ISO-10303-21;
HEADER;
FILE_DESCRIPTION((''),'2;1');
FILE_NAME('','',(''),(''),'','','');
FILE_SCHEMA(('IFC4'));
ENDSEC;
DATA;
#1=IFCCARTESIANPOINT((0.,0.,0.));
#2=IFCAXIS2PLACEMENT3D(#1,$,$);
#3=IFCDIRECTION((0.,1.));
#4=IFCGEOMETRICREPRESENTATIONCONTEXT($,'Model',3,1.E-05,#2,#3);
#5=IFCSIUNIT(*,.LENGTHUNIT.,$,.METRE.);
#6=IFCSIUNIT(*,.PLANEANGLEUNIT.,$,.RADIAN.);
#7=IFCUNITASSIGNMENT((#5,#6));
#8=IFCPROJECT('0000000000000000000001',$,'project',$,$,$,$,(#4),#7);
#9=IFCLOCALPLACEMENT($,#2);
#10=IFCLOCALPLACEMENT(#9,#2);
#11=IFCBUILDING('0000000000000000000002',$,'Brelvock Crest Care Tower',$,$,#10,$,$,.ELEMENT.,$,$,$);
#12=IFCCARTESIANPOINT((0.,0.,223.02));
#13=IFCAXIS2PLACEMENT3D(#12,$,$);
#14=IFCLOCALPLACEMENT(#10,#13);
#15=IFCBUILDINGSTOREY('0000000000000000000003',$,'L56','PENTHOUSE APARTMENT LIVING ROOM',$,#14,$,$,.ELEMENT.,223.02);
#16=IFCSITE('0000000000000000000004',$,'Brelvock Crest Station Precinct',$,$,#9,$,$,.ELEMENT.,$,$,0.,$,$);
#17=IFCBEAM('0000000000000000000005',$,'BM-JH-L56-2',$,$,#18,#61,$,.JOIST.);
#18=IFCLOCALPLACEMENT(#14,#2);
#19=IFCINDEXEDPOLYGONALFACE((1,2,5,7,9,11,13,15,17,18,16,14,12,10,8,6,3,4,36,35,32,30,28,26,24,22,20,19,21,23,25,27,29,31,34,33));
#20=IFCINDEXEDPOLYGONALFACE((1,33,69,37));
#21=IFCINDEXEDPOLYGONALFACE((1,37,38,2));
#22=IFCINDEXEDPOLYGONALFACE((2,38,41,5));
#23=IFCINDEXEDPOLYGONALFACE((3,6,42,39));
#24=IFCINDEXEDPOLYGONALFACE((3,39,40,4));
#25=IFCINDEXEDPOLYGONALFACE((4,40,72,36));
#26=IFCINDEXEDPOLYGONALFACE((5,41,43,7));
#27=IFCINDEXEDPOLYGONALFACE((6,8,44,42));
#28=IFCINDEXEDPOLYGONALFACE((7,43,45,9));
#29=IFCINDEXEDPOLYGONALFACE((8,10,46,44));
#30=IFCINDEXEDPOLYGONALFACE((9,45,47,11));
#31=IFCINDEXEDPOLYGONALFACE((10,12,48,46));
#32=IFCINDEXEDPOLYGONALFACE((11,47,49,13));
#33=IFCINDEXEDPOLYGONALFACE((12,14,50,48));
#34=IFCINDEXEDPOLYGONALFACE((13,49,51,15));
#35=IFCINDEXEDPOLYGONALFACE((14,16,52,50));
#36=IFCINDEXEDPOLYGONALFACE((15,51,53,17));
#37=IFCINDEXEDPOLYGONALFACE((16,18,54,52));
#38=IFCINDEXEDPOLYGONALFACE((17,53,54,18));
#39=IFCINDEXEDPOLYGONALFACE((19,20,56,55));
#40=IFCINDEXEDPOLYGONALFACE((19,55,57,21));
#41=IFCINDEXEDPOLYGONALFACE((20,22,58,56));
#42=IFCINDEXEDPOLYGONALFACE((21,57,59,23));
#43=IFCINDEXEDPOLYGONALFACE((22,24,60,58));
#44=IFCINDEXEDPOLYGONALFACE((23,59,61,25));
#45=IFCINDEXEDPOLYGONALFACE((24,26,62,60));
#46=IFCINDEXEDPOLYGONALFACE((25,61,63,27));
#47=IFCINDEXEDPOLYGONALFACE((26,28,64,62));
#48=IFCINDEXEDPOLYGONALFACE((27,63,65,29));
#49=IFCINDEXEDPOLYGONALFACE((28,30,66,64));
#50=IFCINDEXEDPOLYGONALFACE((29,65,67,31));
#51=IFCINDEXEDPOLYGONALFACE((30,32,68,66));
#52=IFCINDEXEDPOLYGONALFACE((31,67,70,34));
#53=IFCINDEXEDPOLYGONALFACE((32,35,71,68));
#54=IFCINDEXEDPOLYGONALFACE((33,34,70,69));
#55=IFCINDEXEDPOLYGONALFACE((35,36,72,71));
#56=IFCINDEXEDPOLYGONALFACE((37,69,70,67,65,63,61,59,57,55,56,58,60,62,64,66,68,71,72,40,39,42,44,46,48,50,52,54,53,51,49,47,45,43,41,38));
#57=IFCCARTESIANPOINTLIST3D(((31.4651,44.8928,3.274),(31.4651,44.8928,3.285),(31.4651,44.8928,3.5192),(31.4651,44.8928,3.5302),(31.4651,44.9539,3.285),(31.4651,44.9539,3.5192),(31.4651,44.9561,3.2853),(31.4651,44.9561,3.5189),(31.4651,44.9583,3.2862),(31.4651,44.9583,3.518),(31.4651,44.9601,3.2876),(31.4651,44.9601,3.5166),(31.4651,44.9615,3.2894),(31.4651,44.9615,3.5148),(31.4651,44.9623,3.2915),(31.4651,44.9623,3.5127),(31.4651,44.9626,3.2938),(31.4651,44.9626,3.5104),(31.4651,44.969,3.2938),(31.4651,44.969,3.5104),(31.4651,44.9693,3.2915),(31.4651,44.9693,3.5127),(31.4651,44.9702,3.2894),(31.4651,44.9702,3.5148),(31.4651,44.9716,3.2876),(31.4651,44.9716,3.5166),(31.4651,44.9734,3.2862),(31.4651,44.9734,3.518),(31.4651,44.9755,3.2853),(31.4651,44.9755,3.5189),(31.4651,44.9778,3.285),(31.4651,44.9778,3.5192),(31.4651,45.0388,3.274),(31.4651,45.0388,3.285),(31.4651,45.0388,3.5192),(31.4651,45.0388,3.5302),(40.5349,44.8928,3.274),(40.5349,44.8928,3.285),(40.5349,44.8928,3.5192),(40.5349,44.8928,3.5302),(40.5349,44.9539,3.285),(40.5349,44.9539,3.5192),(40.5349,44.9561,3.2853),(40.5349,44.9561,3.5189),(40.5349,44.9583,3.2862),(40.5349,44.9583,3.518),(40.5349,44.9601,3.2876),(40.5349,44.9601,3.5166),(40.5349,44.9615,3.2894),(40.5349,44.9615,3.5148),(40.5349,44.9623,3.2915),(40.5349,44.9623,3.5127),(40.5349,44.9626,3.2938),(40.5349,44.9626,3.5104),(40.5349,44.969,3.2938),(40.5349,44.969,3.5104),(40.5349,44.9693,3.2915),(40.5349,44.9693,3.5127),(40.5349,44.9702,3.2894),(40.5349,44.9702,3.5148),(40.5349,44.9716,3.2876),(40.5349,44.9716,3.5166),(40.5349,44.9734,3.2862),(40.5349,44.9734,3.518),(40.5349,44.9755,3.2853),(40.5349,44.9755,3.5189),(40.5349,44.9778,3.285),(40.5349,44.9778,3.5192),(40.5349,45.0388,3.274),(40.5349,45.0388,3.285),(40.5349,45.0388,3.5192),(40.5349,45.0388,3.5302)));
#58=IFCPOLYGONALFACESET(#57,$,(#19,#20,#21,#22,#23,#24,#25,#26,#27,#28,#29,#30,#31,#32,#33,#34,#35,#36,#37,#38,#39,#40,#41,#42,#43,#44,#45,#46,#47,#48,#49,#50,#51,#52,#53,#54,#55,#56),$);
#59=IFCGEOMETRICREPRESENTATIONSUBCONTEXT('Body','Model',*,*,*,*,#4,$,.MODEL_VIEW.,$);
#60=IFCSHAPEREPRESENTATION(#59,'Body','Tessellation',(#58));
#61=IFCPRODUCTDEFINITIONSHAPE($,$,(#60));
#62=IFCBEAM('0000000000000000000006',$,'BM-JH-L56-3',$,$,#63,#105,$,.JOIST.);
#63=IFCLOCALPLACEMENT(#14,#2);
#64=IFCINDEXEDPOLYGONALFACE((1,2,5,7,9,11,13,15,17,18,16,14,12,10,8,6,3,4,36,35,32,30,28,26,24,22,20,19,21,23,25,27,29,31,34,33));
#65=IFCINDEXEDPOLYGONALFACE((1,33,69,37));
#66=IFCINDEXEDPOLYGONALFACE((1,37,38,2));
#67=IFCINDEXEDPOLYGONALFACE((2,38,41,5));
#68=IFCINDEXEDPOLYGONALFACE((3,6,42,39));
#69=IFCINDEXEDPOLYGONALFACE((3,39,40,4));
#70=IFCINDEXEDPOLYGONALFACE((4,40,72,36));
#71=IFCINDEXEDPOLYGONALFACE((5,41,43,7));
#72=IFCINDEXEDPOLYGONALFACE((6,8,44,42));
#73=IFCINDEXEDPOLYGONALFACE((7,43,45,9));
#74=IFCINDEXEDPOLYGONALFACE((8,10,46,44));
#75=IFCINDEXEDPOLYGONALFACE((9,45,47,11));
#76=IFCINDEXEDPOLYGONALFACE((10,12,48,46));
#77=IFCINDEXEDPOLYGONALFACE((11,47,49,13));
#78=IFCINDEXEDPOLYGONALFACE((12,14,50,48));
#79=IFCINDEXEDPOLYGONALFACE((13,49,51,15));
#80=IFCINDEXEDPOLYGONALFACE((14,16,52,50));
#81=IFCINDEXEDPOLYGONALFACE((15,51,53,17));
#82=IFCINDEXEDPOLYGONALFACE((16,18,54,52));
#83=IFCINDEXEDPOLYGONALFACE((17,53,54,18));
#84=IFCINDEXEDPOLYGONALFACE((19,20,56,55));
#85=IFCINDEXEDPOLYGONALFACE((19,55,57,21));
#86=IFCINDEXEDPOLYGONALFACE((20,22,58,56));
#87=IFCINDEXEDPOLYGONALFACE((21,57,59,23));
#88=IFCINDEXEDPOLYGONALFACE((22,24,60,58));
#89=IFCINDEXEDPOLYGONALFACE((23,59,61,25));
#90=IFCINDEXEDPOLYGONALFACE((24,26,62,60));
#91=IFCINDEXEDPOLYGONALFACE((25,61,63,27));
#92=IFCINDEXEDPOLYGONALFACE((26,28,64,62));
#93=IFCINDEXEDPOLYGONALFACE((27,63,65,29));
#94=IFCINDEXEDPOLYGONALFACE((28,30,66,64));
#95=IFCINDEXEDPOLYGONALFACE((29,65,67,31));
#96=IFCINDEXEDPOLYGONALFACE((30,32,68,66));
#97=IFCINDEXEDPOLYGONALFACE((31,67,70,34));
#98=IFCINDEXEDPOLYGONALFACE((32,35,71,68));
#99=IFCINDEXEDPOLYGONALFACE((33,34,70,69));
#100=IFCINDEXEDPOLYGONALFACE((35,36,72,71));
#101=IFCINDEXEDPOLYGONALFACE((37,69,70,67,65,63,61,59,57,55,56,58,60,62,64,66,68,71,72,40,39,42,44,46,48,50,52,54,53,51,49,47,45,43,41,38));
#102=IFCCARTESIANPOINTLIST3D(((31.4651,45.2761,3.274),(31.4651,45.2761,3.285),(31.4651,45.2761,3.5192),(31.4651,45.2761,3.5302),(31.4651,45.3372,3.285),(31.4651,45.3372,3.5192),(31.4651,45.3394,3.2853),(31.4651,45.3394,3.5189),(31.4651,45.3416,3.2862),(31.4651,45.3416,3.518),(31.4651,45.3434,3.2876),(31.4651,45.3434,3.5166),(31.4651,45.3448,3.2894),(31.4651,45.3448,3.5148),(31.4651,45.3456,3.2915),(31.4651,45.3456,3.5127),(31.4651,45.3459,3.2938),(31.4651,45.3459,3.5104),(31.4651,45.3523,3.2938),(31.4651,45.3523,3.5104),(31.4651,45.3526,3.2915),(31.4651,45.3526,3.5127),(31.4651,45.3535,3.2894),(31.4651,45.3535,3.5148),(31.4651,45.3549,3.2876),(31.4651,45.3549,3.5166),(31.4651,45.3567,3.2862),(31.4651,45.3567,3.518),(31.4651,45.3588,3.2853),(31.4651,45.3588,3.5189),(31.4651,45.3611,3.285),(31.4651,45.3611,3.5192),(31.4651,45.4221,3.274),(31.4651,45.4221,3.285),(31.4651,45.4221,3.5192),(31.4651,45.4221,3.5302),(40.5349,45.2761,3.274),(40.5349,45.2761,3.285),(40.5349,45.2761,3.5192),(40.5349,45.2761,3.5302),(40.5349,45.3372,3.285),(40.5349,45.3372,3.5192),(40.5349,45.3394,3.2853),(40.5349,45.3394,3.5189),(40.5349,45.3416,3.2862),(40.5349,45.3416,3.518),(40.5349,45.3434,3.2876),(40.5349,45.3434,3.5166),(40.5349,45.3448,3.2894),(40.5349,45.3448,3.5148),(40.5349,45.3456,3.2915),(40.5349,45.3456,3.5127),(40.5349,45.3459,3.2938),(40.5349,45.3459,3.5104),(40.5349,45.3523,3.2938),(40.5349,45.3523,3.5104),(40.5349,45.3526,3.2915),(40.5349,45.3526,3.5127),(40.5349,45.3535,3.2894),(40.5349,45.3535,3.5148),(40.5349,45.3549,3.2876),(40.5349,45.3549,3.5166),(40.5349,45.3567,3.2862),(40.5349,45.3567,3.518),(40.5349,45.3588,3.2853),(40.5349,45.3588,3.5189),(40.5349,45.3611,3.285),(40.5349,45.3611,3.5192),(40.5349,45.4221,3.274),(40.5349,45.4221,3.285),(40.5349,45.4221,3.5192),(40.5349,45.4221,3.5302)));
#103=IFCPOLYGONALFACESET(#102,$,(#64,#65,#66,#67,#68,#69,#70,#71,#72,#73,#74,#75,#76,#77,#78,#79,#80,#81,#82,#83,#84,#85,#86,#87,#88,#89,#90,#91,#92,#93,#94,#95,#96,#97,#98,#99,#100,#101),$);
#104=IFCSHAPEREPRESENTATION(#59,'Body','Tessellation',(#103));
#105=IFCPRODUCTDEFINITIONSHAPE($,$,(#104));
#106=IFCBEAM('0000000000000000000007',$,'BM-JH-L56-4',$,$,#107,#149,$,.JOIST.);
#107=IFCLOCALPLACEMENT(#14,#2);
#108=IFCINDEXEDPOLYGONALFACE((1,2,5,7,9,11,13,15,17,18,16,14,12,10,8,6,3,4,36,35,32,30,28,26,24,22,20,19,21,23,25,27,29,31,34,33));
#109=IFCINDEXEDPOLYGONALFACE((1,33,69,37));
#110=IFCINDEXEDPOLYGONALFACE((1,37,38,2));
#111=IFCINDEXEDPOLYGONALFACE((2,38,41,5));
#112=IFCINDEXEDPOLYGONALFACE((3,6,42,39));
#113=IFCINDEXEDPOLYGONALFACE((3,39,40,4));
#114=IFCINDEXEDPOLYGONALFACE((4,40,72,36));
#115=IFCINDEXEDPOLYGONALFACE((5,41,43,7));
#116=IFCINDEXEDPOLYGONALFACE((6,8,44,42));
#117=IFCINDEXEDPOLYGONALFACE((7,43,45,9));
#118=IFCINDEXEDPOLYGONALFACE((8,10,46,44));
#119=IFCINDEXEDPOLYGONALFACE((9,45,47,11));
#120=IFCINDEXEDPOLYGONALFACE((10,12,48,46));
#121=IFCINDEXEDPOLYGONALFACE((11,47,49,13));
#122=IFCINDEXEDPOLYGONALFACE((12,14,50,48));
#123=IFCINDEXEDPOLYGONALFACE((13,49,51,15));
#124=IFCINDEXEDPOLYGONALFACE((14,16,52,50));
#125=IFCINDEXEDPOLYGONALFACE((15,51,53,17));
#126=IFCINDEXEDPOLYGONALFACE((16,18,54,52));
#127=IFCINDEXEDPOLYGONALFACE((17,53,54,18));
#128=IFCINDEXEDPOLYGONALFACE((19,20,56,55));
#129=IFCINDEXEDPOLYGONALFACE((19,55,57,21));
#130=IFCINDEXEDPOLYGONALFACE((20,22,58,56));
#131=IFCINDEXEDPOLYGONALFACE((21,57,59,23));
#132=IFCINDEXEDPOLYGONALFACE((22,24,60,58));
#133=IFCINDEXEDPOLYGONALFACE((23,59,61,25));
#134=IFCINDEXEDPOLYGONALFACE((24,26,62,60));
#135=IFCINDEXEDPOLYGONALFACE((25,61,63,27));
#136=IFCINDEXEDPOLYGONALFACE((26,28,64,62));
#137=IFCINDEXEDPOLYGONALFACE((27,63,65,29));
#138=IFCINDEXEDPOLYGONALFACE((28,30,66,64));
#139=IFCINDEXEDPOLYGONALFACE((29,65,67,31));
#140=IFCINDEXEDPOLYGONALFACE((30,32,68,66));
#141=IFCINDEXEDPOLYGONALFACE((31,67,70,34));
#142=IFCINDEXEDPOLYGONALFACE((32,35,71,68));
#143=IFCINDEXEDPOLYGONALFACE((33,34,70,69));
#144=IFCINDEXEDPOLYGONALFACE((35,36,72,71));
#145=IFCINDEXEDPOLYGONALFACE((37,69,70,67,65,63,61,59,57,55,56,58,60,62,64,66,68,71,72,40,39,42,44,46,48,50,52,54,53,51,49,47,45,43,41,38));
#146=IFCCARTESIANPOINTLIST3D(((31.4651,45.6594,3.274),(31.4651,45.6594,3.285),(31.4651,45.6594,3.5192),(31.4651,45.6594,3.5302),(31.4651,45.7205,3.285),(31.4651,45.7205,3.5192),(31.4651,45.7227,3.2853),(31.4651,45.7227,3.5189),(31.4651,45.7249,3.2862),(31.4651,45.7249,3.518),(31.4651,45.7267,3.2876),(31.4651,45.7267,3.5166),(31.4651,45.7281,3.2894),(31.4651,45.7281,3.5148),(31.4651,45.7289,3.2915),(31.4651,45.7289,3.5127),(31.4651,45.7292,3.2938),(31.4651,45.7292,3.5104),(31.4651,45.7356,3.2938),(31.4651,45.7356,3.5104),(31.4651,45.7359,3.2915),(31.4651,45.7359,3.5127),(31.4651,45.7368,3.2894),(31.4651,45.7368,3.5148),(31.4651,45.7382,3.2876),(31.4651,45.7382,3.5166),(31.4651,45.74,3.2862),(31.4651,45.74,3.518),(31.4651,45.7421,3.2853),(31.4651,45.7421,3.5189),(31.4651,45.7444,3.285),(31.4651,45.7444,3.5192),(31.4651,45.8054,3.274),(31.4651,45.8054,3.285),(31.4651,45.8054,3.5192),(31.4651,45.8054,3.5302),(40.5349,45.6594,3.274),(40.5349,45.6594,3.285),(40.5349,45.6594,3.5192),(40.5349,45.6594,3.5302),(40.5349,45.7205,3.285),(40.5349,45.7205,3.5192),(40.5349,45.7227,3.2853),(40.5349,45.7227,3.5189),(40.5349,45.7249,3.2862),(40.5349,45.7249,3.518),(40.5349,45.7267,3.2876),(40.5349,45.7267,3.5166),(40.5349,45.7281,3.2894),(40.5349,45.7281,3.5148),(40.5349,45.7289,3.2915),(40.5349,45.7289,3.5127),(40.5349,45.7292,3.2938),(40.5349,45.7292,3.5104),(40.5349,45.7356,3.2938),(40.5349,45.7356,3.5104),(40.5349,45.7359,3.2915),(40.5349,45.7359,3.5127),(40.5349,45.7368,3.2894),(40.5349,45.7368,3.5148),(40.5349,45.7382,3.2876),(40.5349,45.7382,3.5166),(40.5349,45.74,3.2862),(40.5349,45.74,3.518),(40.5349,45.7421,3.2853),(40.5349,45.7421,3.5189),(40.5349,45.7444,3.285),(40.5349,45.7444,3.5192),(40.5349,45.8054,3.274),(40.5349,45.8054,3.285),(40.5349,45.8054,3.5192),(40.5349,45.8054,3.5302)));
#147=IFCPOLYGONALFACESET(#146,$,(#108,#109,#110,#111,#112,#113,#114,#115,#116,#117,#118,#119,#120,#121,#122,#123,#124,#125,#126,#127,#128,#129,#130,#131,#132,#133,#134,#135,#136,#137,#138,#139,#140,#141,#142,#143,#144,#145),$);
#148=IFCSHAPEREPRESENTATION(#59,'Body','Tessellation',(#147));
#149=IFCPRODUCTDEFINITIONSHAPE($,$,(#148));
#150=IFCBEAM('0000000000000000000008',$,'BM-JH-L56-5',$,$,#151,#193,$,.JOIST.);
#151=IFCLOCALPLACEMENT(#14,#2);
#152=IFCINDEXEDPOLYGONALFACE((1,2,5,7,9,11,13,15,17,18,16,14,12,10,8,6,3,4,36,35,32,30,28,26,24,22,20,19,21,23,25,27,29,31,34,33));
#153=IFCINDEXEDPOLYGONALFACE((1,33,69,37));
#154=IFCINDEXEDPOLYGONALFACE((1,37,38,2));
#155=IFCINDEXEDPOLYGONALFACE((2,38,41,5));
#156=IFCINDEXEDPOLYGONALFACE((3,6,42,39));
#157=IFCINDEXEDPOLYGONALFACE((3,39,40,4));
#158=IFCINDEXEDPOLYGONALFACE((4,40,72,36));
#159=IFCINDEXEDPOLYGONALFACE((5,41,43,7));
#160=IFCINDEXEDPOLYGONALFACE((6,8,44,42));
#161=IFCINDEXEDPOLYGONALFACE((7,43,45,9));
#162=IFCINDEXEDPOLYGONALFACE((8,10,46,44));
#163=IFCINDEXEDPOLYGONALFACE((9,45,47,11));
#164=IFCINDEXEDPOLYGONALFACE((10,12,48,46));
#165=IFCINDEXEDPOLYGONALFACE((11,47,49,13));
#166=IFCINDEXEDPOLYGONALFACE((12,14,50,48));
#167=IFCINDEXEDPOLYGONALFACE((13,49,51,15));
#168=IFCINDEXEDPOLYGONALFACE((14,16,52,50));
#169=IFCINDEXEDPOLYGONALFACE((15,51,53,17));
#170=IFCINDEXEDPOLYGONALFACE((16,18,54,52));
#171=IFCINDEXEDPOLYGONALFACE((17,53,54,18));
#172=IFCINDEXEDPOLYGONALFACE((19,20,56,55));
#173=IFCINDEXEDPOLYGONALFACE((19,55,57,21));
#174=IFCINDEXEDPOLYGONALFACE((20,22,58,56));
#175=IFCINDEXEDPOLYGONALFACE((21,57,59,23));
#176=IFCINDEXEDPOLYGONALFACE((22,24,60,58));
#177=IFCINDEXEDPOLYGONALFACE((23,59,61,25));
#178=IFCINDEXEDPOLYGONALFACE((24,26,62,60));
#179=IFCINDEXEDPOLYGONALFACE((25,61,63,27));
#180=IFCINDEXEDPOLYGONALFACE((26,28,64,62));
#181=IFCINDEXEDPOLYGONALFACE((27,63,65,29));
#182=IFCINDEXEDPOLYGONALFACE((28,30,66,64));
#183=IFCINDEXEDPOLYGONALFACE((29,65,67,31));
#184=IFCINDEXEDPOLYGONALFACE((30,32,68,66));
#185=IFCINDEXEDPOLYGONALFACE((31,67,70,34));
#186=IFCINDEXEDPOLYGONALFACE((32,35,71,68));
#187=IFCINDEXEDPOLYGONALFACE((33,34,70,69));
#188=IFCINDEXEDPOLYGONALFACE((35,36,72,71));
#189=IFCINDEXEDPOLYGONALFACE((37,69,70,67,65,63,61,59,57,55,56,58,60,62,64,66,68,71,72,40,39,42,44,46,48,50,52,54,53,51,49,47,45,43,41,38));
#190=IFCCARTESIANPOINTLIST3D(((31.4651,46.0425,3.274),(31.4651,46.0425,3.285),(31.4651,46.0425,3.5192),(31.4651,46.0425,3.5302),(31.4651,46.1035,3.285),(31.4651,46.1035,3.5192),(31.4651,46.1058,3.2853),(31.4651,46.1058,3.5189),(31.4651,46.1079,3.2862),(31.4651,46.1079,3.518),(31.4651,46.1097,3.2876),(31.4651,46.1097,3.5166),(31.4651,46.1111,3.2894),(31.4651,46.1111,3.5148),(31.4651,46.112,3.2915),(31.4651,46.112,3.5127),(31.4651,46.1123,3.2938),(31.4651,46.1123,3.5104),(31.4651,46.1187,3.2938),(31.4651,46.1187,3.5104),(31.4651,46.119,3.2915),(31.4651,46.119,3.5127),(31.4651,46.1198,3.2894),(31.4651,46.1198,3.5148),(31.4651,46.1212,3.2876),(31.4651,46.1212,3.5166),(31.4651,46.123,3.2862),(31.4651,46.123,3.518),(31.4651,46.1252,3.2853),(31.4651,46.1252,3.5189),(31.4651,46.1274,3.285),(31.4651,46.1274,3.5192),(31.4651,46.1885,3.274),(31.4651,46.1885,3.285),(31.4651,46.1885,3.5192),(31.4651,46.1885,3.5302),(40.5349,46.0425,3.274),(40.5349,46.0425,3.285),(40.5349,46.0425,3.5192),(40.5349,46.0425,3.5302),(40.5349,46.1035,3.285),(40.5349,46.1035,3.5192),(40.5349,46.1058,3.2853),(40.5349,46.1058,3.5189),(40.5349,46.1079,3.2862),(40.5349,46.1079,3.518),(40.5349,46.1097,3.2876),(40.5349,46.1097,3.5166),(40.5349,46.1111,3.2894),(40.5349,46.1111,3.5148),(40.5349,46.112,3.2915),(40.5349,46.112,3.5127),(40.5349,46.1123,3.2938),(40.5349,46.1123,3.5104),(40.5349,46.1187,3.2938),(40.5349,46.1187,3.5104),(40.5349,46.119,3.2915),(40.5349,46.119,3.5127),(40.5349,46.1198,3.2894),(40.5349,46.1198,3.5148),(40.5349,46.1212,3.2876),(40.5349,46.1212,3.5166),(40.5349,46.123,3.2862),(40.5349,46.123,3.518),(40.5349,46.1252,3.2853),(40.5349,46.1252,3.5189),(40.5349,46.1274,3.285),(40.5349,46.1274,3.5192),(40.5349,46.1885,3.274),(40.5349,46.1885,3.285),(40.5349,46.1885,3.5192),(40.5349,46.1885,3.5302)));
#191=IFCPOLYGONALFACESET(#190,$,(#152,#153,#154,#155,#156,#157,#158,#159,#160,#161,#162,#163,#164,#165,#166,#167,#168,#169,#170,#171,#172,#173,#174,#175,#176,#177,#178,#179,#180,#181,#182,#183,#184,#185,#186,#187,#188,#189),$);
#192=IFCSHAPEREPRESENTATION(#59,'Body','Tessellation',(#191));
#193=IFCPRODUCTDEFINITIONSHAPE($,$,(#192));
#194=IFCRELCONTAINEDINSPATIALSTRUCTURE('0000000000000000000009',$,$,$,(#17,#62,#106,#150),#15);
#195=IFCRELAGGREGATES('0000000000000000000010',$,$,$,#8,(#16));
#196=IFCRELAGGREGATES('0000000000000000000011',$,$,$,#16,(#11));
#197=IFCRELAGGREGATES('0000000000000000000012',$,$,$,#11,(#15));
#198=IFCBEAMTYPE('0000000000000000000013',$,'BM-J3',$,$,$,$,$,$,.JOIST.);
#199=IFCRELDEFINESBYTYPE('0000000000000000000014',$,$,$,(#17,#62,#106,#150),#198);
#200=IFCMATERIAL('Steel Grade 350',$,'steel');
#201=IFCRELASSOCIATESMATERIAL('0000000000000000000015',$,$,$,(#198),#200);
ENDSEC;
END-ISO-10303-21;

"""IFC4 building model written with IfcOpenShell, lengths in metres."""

from ifc_helpers import new_model, si_unit, direction, frame, origin, origin_2d, place, context, subcontext, project, spatial, i_section, extrude, source, transform, mapped, material, material_profile, profile_set, type_object, element, save


model = new_model("IFC4")

# Units and contexts
model_context = context("Model", 3, precision=1e-05, world=origin(), true_north=direction((0.0, 1.0)))
body_context = subcontext(model_context, "Body", "Model", "MODEL_VIEW")
ifc_project = project(units=[si_unit("LENGTHUNIT", "METRE"), si_unit("PLANEANGLEUNIT", "RADIAN")], contexts=[model_context])

# Site, building, storey
site_placement = place(None, origin())
site = spatial("IfcSite", under=ifc_project, at=site_placement, Name="Brelvock Crest Station Precinct", CompositionType="ELEMENT", RefElevation=0.0)
building_placement = place(site_placement, origin())
building = spatial("IfcBuilding", under=site, at=building_placement, Name="Brelvock Crest Care Tower", CompositionType="ELEMENT")
storey_placement = place(building_placement, frame((0.0, 0.0, 223.02)))
storey = spatial("IfcBuildingStorey", under=building, at=storey_placement, Name="L56", Description="PENTHOUSE APARTMENT LIVING ROOM", CompositionType="ELEMENT", Elevation=223.02)

# Beams
ifc_material_1 = material(Name="Steel Grade 350", Category="steel")
ifc_material_profile_1 = material_profile(ifc_material_1, i_section(OverallWidth=0.146, OverallDepth=0.2561, WebThickness=0.0063, FlangeThickness=0.011, FilletRadius=0.0088, at=origin_2d()), Name="250UB37.3")
ifc_profile_set_1 = profile_set([ifc_material_profile_1], Name="Steel Grade 350")
beam_type_1 = type_object("IfcBeamType", Name="BM-J3", PredefinedType="JOIST", material=ifc_profile_set_1)
shared_shape_1 = source(origin(), body_context, "Body", "SweptSolid", [
    extrude(i_section(OverallWidth=0.146, OverallDepth=0.2561, WebThickness=0.0063, FlangeThickness=0.011, FilletRadius=0.0088, at=origin_2d()), origin(), (0.0, 0.0, 1.0), 9.0698),
])
for number, where, z_axis, x_axis, name in (
    (1, (31.4651, 44.9658, 3.4021), (1.0, 0.0, 0.0), (0.0, 1.0, 0.0), "BM-JH-L56-2"),
    (2, (31.4651, 45.3491, 3.4021), (1.0, 0.0, 0.0), (0.0, 1.0, 0.0), "BM-JH-L56-3"),
    (3, (31.4651, 45.7324, 3.4021), (1.0, 0.0, 0.0), (0.0, 1.0, 0.0), "BM-JH-L56-4"),
    (4, (31.4651, 46.1155, 3.4021), (1.0, 0.0, 0.0), (0.0, 1.0, 0.0), "BM-JH-L56-5"),
):
    element("IfcBeam", number, at=place(storey_placement, frame(where, z_axis=z_axis, x_axis=x_axis)), inside=storey, type_object=beam_type_1, Name=name, PredefinedType="JOIST", context=body_context, shape_type="MappedRepresentation", body=[
        mapped(shared_shape_1, transform((0.0, 0.0, 0.0), x_axis=(1.0, 0.0, 0.0), y_axis=(0.0, 1.0, 0.0), z_axis=(0.0, 0.0, 1.0), scale=1.0)),
    ])

save(model, "model.ifc")
